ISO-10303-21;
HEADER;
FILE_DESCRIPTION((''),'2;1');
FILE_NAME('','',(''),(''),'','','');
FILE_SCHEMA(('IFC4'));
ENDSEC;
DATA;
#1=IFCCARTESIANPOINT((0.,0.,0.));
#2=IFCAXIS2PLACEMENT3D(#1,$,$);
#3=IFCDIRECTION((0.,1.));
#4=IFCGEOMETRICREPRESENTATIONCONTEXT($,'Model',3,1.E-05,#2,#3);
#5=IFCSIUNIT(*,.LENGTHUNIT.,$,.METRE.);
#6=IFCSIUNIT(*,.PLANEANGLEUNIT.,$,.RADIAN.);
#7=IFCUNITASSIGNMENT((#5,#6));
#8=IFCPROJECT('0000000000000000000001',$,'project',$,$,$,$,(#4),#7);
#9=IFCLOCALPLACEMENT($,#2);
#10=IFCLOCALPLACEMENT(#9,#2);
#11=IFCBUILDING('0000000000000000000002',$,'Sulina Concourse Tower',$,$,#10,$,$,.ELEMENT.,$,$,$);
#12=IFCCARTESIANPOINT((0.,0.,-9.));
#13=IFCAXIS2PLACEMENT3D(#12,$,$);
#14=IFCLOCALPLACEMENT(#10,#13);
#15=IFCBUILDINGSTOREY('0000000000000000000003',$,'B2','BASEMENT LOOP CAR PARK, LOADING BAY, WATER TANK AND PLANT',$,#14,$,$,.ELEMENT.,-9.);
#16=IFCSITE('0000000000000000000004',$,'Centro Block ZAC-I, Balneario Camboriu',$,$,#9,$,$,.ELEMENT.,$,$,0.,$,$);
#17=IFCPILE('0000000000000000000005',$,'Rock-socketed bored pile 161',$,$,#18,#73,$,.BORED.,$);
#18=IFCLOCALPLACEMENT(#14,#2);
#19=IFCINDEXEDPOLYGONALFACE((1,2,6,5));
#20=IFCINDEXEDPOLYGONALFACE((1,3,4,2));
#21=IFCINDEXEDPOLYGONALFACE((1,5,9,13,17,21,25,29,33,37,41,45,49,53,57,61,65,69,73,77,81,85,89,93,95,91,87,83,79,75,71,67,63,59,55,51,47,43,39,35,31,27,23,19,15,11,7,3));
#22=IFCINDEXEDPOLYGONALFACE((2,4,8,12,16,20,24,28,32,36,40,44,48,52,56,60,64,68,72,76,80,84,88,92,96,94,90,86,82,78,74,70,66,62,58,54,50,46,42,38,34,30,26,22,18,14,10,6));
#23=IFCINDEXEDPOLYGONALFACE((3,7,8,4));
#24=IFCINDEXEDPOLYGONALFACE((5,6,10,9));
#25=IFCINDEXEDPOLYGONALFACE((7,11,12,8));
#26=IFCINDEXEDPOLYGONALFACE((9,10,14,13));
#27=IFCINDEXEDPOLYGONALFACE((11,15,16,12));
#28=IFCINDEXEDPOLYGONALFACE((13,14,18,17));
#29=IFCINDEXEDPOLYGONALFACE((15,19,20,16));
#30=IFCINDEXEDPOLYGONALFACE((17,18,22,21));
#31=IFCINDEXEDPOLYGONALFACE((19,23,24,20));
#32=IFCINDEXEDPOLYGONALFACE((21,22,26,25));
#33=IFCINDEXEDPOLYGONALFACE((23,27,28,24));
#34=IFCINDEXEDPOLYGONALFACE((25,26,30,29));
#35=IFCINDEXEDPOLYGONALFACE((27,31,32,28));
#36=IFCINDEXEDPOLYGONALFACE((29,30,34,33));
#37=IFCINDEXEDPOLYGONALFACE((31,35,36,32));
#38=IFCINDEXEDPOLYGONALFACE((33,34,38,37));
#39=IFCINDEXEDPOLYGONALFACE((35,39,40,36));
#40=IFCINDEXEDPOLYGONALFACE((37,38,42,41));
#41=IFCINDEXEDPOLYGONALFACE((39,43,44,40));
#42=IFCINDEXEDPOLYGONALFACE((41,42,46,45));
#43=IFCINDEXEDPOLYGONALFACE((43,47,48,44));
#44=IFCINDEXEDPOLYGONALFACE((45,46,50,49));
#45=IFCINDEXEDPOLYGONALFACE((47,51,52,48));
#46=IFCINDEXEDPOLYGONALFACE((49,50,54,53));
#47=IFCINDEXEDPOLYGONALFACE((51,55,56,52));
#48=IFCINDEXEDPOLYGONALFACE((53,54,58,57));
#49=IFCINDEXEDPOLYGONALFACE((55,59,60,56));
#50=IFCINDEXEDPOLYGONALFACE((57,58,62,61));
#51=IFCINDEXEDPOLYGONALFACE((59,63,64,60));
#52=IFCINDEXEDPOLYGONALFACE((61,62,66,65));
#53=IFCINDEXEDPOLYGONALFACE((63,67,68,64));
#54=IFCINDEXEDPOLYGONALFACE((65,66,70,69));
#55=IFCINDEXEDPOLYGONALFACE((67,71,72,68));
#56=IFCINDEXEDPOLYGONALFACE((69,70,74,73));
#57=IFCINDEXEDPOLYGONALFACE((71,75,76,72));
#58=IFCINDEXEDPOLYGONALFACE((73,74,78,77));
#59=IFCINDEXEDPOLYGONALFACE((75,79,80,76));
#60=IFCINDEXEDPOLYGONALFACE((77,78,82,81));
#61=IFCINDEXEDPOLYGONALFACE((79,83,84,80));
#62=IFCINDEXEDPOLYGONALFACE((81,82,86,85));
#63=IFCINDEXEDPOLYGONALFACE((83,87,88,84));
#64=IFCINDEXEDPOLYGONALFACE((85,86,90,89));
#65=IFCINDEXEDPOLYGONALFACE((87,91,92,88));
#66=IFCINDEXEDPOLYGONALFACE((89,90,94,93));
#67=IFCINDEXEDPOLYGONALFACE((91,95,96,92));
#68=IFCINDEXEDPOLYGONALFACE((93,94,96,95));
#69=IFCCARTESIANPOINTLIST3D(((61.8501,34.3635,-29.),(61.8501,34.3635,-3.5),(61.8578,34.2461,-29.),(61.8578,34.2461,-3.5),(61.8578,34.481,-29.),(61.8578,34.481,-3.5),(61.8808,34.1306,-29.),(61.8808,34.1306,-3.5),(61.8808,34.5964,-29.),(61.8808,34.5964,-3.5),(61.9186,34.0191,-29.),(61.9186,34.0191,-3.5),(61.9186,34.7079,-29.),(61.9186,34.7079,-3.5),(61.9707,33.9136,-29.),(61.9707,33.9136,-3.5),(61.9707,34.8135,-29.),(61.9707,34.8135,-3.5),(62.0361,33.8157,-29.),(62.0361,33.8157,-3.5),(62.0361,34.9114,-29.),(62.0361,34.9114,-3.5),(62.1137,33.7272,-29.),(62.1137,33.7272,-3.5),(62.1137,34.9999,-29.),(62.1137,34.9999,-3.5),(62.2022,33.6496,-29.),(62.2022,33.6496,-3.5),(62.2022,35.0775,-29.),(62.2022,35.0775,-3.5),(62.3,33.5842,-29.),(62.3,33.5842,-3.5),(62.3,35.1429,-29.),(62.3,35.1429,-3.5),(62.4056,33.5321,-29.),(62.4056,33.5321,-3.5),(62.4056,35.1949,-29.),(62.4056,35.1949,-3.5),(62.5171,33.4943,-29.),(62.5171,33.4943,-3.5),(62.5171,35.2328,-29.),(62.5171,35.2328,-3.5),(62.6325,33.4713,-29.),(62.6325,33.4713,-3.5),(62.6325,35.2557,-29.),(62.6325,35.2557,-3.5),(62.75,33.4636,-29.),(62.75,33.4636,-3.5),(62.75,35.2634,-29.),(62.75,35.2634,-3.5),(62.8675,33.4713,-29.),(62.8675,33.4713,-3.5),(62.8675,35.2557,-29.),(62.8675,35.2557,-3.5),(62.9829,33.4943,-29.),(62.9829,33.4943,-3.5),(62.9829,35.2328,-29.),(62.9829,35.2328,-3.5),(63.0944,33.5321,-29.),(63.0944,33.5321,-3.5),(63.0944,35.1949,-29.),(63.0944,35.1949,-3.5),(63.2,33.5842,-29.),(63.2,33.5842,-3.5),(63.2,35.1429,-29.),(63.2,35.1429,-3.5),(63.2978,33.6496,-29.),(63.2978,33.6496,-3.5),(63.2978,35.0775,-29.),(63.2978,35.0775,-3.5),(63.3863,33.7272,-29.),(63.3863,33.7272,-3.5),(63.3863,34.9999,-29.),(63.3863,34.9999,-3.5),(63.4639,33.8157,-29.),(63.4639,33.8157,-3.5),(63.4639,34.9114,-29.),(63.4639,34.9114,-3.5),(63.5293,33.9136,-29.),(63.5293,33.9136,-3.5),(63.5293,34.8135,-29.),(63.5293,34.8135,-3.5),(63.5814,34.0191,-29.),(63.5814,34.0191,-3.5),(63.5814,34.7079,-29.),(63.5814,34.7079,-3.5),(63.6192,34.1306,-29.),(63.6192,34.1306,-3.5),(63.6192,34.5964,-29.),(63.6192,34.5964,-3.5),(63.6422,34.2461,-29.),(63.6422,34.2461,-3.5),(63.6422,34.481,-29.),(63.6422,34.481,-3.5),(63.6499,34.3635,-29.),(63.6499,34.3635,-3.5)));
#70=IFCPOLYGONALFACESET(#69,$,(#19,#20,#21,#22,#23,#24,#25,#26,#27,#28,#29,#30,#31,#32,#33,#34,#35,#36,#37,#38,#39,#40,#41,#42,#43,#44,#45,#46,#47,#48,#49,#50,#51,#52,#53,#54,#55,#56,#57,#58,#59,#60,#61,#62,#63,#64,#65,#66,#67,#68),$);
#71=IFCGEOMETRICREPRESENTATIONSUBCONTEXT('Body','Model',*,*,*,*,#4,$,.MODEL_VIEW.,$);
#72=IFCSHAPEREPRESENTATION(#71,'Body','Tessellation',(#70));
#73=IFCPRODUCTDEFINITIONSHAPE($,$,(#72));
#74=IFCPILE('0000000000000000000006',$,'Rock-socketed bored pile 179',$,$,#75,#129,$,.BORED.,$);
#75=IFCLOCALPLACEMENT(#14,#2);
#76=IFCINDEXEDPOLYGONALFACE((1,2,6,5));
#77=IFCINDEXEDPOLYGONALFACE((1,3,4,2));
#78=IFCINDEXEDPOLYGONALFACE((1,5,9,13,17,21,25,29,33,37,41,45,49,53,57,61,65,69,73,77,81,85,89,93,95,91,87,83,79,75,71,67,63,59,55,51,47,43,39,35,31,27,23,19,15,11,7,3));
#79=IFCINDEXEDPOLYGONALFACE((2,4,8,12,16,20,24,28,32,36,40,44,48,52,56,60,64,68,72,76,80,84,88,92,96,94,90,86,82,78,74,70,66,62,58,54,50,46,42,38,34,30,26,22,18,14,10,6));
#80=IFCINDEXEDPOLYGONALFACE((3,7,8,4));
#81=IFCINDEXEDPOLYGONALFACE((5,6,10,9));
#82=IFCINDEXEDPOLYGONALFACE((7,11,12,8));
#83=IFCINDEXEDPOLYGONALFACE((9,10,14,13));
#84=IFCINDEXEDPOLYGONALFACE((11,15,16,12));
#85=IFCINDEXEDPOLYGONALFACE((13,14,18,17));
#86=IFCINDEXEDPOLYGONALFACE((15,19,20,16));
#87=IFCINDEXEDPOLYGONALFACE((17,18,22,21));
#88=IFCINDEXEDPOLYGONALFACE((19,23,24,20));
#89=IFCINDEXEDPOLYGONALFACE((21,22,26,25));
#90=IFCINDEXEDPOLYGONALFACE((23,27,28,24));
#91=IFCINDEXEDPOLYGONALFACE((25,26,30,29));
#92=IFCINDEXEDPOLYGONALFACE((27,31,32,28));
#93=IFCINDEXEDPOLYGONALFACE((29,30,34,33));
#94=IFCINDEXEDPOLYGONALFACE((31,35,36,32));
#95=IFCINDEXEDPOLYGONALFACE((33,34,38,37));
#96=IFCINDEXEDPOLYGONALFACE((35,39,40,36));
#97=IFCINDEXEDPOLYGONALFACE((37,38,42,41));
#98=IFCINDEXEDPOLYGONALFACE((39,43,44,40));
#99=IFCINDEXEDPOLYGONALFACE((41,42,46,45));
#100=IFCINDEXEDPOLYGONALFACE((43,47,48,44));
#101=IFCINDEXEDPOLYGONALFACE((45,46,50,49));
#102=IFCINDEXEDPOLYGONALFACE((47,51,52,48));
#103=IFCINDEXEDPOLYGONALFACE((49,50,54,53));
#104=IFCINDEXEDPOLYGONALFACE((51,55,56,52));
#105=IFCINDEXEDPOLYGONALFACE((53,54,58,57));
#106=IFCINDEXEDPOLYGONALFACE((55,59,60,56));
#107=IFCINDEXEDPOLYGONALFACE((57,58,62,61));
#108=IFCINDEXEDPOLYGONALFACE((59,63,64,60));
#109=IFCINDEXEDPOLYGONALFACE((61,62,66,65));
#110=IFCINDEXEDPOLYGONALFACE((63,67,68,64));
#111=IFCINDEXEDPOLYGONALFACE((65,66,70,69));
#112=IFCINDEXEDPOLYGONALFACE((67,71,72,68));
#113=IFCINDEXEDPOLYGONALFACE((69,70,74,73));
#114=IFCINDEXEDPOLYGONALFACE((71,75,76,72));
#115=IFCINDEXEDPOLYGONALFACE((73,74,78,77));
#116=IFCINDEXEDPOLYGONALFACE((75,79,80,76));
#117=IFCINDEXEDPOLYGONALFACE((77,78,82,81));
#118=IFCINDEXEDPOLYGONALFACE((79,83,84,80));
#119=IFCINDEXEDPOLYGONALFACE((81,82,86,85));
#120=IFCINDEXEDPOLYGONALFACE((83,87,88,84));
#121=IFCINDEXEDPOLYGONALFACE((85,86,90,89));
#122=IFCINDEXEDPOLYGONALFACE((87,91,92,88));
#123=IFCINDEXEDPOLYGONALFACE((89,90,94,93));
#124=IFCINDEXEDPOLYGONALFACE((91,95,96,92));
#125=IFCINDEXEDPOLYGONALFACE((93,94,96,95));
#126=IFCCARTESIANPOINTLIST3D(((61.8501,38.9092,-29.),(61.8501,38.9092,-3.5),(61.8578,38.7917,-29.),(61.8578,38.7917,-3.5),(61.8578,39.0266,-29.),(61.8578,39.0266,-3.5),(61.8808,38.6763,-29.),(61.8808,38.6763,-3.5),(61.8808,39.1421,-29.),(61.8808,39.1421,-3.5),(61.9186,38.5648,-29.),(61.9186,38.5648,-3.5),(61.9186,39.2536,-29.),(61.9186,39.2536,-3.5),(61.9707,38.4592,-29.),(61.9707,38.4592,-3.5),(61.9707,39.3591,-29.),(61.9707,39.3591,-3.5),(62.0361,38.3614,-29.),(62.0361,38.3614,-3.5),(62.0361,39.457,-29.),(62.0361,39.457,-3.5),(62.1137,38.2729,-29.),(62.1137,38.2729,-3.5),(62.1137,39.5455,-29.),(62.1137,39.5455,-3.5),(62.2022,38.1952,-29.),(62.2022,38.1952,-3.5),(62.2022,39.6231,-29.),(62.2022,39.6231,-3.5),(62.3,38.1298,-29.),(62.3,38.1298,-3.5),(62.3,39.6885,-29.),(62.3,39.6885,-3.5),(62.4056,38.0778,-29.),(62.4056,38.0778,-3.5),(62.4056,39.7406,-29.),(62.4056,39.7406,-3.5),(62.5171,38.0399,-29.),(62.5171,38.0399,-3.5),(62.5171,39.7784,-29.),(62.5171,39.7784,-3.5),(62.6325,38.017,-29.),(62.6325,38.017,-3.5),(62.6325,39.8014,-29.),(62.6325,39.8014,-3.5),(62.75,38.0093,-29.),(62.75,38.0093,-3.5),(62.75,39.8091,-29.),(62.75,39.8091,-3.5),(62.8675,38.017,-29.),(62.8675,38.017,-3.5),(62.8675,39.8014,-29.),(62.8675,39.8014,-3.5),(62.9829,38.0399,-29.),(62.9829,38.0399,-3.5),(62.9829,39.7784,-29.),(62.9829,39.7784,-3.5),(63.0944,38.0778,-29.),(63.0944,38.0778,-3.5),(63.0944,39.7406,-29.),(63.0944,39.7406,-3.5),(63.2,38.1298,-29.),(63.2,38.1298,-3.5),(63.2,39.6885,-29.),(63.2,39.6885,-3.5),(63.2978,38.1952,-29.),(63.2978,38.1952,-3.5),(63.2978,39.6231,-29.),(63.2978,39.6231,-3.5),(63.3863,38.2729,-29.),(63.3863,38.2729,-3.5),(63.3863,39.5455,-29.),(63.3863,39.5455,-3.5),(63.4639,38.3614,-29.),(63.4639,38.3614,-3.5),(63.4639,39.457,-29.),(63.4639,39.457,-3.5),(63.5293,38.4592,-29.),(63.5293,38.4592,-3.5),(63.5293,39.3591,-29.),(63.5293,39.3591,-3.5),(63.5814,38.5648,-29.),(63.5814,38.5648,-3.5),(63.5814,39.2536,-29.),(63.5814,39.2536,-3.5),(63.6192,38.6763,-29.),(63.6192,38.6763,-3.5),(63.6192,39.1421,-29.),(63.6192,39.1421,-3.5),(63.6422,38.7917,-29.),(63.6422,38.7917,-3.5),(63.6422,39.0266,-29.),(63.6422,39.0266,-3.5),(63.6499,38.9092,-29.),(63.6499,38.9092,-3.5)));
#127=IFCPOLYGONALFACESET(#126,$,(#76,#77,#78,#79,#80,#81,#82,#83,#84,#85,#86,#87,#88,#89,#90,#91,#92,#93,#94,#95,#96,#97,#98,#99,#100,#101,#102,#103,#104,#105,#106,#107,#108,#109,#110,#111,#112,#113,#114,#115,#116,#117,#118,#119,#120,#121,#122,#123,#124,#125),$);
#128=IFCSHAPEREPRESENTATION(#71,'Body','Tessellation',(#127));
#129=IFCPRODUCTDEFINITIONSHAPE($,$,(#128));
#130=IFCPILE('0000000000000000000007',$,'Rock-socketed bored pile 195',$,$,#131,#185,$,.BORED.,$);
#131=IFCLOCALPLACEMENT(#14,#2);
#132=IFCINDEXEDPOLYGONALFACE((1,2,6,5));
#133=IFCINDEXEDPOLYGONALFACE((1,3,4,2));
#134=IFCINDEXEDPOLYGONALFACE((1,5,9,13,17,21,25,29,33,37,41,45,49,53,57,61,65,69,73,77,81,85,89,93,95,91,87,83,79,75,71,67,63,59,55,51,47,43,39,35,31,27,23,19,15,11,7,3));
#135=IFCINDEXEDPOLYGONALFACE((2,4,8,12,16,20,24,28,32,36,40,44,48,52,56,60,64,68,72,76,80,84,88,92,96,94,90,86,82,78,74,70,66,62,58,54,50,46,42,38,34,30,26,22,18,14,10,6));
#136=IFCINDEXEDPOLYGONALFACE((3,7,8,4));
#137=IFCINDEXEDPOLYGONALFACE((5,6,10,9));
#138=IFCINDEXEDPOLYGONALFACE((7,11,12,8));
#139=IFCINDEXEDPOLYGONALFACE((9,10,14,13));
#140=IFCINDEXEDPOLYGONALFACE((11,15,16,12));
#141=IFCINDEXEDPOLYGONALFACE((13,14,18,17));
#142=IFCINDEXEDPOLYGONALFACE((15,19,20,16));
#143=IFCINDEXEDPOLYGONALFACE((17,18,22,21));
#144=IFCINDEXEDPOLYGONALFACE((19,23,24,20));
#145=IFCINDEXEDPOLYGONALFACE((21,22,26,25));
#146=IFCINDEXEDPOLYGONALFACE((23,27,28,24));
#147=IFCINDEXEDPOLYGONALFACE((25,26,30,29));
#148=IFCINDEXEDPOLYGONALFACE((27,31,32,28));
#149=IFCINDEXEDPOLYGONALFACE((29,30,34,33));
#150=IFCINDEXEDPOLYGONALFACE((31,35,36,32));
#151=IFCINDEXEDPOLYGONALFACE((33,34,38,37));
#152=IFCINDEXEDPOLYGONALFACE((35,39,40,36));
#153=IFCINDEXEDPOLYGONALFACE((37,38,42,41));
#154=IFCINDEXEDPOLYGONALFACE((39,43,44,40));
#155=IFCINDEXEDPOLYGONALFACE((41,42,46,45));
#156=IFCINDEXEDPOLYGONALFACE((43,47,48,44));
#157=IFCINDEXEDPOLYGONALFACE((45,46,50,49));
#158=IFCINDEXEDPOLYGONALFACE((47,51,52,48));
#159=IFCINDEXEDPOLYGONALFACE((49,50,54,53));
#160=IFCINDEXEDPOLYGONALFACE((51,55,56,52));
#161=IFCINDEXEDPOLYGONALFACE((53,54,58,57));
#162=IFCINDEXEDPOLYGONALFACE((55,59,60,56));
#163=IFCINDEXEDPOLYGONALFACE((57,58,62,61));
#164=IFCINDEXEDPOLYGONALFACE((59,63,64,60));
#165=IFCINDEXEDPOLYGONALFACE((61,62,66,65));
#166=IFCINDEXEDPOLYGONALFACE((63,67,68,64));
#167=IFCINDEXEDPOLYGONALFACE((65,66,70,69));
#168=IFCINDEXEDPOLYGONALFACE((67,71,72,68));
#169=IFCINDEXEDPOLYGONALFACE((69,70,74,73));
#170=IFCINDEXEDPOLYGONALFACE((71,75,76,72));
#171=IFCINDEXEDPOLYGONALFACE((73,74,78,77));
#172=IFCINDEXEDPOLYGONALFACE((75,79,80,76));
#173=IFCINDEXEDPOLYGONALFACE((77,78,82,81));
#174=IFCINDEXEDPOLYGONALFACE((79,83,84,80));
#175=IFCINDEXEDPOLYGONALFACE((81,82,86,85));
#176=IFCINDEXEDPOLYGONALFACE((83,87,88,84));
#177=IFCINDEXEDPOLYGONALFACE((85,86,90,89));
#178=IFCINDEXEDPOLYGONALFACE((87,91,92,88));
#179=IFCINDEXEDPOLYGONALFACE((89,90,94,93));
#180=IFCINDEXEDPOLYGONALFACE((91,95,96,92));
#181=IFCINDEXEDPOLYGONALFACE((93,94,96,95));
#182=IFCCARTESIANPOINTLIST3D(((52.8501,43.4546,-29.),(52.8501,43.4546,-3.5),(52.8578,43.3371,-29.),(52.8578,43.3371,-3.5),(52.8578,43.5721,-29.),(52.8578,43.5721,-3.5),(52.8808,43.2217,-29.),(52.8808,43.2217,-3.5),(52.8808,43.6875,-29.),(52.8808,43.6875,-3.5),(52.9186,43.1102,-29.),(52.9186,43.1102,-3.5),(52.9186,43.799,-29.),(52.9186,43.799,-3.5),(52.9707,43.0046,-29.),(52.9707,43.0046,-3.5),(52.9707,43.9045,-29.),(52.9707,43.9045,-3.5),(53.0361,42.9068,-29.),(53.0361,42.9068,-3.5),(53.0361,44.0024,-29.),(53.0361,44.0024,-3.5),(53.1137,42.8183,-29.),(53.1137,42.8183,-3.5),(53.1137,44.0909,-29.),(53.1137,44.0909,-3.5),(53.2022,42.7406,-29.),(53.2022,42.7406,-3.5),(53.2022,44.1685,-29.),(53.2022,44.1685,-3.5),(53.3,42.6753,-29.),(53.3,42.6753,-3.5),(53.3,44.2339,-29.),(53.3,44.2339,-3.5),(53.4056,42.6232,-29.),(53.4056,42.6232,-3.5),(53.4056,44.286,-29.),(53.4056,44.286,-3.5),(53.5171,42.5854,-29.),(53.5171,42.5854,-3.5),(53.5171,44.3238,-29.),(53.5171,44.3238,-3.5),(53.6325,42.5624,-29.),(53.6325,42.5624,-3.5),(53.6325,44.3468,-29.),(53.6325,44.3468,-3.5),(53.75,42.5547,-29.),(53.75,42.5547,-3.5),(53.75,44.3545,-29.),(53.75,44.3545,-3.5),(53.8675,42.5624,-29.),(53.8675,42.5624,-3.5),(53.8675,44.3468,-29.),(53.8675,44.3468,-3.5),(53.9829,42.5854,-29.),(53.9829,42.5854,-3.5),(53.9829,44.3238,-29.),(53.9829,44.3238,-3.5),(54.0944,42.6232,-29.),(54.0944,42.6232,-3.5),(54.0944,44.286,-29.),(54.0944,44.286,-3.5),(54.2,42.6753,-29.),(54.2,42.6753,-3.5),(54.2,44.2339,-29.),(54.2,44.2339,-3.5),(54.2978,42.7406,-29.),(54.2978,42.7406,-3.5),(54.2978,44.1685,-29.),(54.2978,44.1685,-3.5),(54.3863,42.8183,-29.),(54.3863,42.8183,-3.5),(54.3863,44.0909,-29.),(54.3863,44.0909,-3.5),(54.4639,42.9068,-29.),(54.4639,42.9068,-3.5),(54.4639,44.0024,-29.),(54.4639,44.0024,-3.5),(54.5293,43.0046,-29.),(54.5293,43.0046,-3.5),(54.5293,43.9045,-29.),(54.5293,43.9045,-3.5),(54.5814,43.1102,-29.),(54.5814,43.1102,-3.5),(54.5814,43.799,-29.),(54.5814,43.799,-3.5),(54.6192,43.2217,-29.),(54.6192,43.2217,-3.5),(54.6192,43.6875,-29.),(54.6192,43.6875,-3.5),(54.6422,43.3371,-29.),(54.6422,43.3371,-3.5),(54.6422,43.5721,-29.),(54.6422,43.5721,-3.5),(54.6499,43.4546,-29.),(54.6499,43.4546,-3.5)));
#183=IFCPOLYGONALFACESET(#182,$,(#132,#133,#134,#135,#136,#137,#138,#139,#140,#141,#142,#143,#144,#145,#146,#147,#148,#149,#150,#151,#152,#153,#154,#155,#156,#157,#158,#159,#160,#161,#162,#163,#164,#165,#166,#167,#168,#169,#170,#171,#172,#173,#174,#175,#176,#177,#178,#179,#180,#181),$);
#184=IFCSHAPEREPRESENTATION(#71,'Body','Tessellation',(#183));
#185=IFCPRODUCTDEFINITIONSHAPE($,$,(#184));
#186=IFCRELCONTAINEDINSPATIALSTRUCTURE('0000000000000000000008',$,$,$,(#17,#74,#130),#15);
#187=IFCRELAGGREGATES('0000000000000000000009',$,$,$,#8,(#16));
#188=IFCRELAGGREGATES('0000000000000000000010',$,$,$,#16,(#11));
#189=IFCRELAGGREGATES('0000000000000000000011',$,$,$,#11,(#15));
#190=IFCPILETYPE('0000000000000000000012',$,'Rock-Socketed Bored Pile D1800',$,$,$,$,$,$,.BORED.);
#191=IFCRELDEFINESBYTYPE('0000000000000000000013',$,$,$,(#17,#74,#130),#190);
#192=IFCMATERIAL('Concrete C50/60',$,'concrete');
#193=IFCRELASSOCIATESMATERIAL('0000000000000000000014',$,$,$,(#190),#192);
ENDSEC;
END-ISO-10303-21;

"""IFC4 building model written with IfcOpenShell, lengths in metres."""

from ifc_helpers import new_model, si_unit, direction, frame, origin, origin_2d, place, context, subcontext, project, spatial, circle, extrude, material, material_profile, profile_set, type_object, element, save


model = new_model("IFC4")

# Units and contexts
model_context = context("Model", 3, precision=1e-05, world=origin(), true_north=direction((0.0, 1.0)))
body_context = subcontext(model_context, "Body", "Model", "MODEL_VIEW")
ifc_project = project(units=[si_unit("LENGTHUNIT", "METRE"), si_unit("PLANEANGLEUNIT", "RADIAN")], contexts=[model_context])

# Site, building, storey
site_placement = place(None, origin())
site = spatial("IfcSite", under=ifc_project, at=site_placement, Name="Centro Block ZAC-I, Balneario Camboriu", CompositionType="ELEMENT", RefElevation=0.0)
building_placement = place(site_placement, origin())
building = spatial("IfcBuilding", under=site, at=building_placement, Name="Sulina Concourse Tower", CompositionType="ELEMENT")
storey_placement = place(building_placement, frame((0.0, 0.0, -9.0)))
storey = spatial("IfcBuildingStorey", under=building, at=storey_placement, Name="B2", Description="BASEMENT LOOP CAR PARK, LOADING BAY, WATER TANK AND PLANT", CompositionType="ELEMENT", Elevation=-9.0)

# Piles
ifc_material_1 = material(Name="Concrete C50/60", Category="concrete")
ifc_material_profile_1 = material_profile(ifc_material_1, circle(Radius=0.8999, at=origin_2d()), Name="PILE D1800")
ifc_profile_set_1 = profile_set([ifc_material_profile_1], Name="Concrete C50/60")
pile_type_1 = type_object("IfcPileType", Name="Rock-Socketed Bored Pile D1800", PredefinedType="BORED", material=ifc_profile_set_1)
for number, where, z_axis, x_axis, name in (
    (1, (62.75, 34.3635, -3.5), (0.0, 0.0, -1.0), (1.0, 0.0, 0.0), "Rock-socketed bored pile 161"),
    (2, (62.75, 38.9092, -3.5), (0.0, 0.0, -1.0), (1.0, 0.0, 0.0), "Rock-socketed bored pile 179"),
    (3, (53.75, 43.4546, -3.5), (0.0, 0.0, -1.0), (1.0, 0.0, 0.0), "Rock-socketed bored pile 195"),
):
    element("IfcPile", number, at=place(storey_placement, frame(where, z_axis=z_axis, x_axis=x_axis)), inside=storey, type_object=pile_type_1, Name=name, PredefinedType="BORED", context=body_context, shape_type="SweptSolid", body=[
        extrude(circle(Radius=0.8999, at=origin_2d()), origin(), (0.0, 0.0, 1.0), 25.5),
    ])

save(model, "model.ifc")
